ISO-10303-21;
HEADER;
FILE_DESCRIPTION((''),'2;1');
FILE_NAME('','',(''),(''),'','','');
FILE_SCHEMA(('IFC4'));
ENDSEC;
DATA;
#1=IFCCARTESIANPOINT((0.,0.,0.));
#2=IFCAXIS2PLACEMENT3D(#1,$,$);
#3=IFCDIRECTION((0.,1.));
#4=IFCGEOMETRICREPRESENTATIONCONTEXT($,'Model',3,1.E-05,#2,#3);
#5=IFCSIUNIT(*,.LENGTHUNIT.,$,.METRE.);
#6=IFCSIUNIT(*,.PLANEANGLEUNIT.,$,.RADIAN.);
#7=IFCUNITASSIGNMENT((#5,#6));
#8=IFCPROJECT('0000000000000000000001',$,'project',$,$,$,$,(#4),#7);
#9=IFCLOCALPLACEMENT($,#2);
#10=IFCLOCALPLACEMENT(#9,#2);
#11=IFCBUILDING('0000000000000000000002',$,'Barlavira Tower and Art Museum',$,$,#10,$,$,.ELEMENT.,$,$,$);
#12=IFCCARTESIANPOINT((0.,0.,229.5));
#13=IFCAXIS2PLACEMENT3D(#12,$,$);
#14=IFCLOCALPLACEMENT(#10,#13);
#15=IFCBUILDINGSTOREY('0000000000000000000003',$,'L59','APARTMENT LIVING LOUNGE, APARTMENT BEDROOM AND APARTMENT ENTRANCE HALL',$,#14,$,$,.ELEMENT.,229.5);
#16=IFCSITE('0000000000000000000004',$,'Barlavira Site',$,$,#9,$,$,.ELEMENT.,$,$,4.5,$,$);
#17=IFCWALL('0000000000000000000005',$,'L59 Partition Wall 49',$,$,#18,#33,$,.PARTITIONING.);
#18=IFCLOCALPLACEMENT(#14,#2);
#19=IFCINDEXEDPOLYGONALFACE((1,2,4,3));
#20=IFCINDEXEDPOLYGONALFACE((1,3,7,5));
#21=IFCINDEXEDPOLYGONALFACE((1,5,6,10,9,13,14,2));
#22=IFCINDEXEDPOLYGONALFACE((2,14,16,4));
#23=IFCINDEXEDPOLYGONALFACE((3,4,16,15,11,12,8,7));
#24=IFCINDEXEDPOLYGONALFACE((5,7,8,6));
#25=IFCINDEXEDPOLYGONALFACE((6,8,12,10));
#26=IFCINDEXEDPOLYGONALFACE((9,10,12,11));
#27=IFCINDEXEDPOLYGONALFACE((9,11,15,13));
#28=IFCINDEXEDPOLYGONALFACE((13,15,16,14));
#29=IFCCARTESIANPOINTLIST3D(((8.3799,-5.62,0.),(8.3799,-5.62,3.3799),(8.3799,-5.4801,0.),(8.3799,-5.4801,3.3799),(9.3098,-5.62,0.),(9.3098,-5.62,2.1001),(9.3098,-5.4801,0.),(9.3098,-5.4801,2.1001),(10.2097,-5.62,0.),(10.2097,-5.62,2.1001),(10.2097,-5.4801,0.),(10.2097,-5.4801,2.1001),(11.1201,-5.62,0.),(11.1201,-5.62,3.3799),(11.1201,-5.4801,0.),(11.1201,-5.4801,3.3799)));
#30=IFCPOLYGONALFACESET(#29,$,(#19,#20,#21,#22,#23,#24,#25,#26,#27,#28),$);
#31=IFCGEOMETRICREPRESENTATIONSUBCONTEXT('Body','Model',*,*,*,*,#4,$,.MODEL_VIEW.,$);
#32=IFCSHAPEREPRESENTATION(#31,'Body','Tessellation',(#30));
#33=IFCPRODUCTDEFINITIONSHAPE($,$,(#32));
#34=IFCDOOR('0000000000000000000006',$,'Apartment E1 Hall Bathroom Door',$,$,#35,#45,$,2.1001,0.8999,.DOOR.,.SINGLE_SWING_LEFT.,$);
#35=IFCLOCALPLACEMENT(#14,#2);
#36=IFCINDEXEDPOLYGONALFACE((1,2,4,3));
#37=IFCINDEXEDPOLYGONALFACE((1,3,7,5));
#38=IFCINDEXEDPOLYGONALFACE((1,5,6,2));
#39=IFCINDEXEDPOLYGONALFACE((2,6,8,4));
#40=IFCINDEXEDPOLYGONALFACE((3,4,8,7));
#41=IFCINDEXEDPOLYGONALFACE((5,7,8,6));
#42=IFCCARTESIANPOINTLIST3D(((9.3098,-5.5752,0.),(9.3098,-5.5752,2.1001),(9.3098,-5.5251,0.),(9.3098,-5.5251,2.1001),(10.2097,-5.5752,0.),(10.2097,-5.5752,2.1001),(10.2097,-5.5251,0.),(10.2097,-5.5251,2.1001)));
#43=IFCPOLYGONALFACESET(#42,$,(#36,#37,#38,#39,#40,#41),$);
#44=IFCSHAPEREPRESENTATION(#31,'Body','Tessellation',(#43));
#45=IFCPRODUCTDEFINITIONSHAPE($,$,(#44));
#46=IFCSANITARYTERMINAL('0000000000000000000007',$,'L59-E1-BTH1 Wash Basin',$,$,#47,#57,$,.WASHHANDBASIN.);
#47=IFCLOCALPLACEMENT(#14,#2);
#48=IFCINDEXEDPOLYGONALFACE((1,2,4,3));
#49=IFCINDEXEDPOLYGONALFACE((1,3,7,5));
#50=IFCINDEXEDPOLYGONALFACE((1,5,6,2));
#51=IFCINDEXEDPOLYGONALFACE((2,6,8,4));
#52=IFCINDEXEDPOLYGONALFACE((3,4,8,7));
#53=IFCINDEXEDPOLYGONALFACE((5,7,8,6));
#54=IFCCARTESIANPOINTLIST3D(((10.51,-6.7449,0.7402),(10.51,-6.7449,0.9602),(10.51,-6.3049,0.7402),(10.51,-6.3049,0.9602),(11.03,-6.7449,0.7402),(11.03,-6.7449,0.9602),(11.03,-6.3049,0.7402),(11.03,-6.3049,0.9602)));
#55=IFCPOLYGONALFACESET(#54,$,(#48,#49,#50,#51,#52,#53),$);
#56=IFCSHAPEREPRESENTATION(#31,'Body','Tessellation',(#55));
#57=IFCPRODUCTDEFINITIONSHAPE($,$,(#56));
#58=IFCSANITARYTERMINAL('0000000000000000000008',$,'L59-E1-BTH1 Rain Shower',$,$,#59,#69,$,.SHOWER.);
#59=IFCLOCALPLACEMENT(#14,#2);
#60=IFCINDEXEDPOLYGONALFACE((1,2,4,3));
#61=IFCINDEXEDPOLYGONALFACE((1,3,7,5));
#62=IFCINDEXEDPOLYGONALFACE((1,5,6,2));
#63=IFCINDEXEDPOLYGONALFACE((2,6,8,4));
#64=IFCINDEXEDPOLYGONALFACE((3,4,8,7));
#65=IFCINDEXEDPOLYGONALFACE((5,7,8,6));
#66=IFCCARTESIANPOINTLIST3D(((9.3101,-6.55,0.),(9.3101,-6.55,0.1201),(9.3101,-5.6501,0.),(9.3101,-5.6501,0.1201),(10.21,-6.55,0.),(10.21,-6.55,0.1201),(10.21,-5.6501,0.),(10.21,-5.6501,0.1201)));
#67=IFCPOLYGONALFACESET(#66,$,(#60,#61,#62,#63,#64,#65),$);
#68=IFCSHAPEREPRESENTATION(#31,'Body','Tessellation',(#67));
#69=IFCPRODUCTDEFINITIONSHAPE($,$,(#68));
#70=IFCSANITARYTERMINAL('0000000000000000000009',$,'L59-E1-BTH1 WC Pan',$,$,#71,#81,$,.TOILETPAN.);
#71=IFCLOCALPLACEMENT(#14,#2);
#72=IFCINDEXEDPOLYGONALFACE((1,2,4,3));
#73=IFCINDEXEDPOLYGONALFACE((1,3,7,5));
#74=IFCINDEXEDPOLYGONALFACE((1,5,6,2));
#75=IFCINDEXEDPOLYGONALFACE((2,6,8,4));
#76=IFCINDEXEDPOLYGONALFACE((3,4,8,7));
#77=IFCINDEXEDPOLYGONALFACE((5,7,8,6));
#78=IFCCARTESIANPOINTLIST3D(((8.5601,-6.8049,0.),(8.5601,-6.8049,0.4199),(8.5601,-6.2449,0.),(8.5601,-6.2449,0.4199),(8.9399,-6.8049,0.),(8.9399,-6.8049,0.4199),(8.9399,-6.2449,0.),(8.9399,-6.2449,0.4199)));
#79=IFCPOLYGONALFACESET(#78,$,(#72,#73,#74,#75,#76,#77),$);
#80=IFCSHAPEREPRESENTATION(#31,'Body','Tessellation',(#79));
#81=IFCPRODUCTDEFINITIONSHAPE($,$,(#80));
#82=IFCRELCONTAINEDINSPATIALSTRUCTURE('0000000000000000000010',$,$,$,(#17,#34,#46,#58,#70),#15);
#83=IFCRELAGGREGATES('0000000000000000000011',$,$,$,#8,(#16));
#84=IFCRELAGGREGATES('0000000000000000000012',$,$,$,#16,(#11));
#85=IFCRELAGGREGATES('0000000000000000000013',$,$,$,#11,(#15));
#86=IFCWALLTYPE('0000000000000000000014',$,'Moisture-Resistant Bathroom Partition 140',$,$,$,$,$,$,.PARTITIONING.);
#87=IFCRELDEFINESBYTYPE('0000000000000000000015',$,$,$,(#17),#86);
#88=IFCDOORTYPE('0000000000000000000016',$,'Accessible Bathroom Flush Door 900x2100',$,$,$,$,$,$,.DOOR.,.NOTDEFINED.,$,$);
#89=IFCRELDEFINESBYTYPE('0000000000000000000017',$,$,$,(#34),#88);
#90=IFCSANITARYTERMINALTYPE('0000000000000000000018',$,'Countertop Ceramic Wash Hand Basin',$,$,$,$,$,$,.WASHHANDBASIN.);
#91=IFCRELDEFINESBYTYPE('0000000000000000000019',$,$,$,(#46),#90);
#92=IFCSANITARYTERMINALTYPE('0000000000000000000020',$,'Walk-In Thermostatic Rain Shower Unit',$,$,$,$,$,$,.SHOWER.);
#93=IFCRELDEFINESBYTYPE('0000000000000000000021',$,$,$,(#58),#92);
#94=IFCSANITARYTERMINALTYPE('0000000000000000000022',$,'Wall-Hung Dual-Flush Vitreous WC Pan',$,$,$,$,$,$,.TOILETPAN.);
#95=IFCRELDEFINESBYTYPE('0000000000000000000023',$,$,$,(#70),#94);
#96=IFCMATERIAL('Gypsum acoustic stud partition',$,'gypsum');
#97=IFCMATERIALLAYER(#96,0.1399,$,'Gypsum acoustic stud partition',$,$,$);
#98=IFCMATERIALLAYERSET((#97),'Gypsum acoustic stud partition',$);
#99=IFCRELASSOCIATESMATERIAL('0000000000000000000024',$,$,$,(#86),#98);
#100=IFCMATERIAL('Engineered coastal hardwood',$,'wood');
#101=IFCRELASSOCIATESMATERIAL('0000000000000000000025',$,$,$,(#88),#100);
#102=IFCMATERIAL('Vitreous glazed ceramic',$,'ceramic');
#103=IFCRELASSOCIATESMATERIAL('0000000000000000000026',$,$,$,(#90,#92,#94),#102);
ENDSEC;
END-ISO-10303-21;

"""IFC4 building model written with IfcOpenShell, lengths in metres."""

from ifc_helpers import new_model, si_unit, direction, frame, frame_2d, origin, origin_2d, place, context, subcontext, project, spatial, rectangle, extrude, material, layer, layer_set, type_object, element, fill, save


model = new_model("IFC4")

# Units and contexts
model_context = context("Model", 3, precision=1e-05, world=origin(), true_north=direction((0.0, 1.0)))
body_context = subcontext(model_context, "Body", "Model", "MODEL_VIEW")
ifc_project = project(units=[si_unit("LENGTHUNIT", "METRE"), si_unit("PLANEANGLEUNIT", "RADIAN")], contexts=[model_context])

# Site, building, storey
site_placement = place(None, origin())
site = spatial("IfcSite", under=ifc_project, at=site_placement, Name="Barlavira Site", CompositionType="ELEMENT", RefElevation=4.5)
building_placement = place(site_placement, origin())
building = spatial("IfcBuilding", under=site, at=building_placement, Name="Barlavira Tower and Art Museum", CompositionType="ELEMENT")
storey_placement = place(building_placement, frame((0.0, 0.0, 229.5)))
storey = spatial("IfcBuildingStorey", under=building, at=storey_placement, Name="L59", Description="APARTMENT LIVING LOUNGE, APARTMENT BEDROOM AND APARTMENT ENTRANCE HALL", CompositionType="ELEMENT", Elevation=229.5)

# Shared definitions
ifc_material_1 = material(Name="Gypsum acoustic stud partition", Category="gypsum")
ifc_material_2 = material(Name="Engineered coastal hardwood", Category="wood")

# Wall, opening, door
ifc_layer_1 = layer(ifc_material_1, 0.1399, Name="Gypsum acoustic stud partition")
ifc_layer_set_1 = layer_set([ifc_layer_1], Name="Gypsum acoustic stud partition")
wall_type_1 = type_object("IfcWallType", Name="Moisture-Resistant Bathroom Partition 140", PredefinedType="PARTITIONING", material=ifc_layer_set_1)
wall_1_placement = place(storey_placement, frame((8.3799, -5.55, 0.0), z_axis=(0.0, 0.0, 1.0), x_axis=(1.0, 0.0, 0.0)))
wall_1 = element("IfcWall", 1, at=wall_1_placement, inside=storey, type_object=wall_type_1, Name="L59 Partition Wall 49", PredefinedType="PARTITIONING", context=body_context, shape_type="SweptSolid", body=[
    extrude(rectangle(XDim=2.7402, YDim=0.1399, at=frame_2d((1.3701, 0.0))), origin(), (0.0, 0.0, 1.0), 3.3799),
])
opening_1_placement = place(wall_1_placement, frame((0.9299, 0.0, 0.0)))
opening_1 = element("IfcOpeningElement", 2, at=opening_1_placement, cuts=wall_1, PredefinedType="OPENING", context=body_context, shape_type="SweptSolid", body=[
    extrude(rectangle(XDim=0.8999, YDim=2.1001, at=frame_2d((0.45, 1.05))), frame((0.0, 0.0801, 0.0), z_axis=(0.0, -1.0, 0.0), x_axis=(1.0, 0.0, 0.0)), (0.0, 0.0, 1.0), 0.1599),
])
door_type_1 = type_object("IfcDoorType", Name="Accessible Bathroom Flush Door 900x2100", OperationType="NOTDEFINED", PredefinedType="DOOR", material=ifc_material_2)
door_1_placement = place(opening_1_placement, origin())
door_1 = element("IfcDoor", 3, at=door_1_placement, inside=storey, type_object=door_type_1, Name="Apartment E1 Hall Bathroom Door", OperationType="SINGLE_SWING_LEFT", OverallHeight=2.1001, OverallWidth=0.8999, PredefinedType="DOOR", context=body_context, shape_type="SweptSolid", body=[
    extrude(rectangle(XDim=0.8999, YDim=2.1001, at=frame_2d((0.45, 1.05))), frame((0.0, 0.0249, 0.0), z_axis=(0.0, -1.0, 0.0), x_axis=(1.0, 0.0, 0.0)), (0.0, 0.0, 1.0), 0.05),
])
fill(opening_1, door_1)

# Sanitary terminals
ifc_material_3 = material(Name="Vitreous glazed ceramic", Category="ceramic")
sanitary_terminal_type_1 = type_object("IfcSanitaryTerminalType", Name="Countertop Ceramic Wash Hand Basin", PredefinedType="WASHHANDBASIN", material=ifc_material_3)
sanitary_terminal_1_placement = place(storey_placement, frame((10.77, -6.5249, 0.7402), z_axis=(0.0, 0.0, 1.0), x_axis=(1.0, 0.0, 0.0)))
element("IfcSanitaryTerminal", 4, at=sanitary_terminal_1_placement, inside=storey, type_object=sanitary_terminal_type_1, Name="L59-E1-BTH1 Wash Basin", PredefinedType="WASHHANDBASIN", context=body_context, shape_type="SweptSolid", body=[
    extrude(rectangle(XDim=0.52, YDim=0.4399, at=origin_2d()), origin(), (0.0, 0.0, 1.0), 0.22),
])
sanitary_terminal_type_2 = type_object("IfcSanitaryTerminalType", Name="Walk-In Thermostatic Rain Shower Unit", PredefinedType="SHOWER", material=ifc_material_3)
sanitary_terminal_2_placement = place(storey_placement, frame((9.76, -6.1001, 0.0), z_axis=(0.0, 0.0, 1.0), x_axis=(1.0, 0.0, 0.0)))
element("IfcSanitaryTerminal", 5, at=sanitary_terminal_2_placement, inside=storey, type_object=sanitary_terminal_type_2, Name="L59-E1-BTH1 Rain Shower", PredefinedType="SHOWER", context=body_context, shape_type="SweptSolid", body=[
    extrude(rectangle(XDim=0.8999, YDim=0.8999, at=origin_2d()), origin(), (0.0, 0.0, 1.0), 0.1201),
])
sanitary_terminal_type_3 = type_object("IfcSanitaryTerminalType", Name="Wall-Hung Dual-Flush Vitreous WC Pan", PredefinedType="TOILETPAN", material=ifc_material_3)
sanitary_terminal_3_placement = place(storey_placement, frame((8.75, -6.5249, 0.0), z_axis=(0.0, 0.0, 1.0), x_axis=(1.0, 0.0, 0.0)))
element("IfcSanitaryTerminal", 6, at=sanitary_terminal_3_placement, inside=storey, type_object=sanitary_terminal_type_3, Name="L59-E1-BTH1 WC Pan", PredefinedType="TOILETPAN", context=body_context, shape_type="SweptSolid", body=[
    extrude(rectangle(XDim=0.3799, YDim=0.5601, at=origin_2d()), origin(), (0.0, 0.0, 1.0), 0.4199),
])

save(model, "model.ifc")
